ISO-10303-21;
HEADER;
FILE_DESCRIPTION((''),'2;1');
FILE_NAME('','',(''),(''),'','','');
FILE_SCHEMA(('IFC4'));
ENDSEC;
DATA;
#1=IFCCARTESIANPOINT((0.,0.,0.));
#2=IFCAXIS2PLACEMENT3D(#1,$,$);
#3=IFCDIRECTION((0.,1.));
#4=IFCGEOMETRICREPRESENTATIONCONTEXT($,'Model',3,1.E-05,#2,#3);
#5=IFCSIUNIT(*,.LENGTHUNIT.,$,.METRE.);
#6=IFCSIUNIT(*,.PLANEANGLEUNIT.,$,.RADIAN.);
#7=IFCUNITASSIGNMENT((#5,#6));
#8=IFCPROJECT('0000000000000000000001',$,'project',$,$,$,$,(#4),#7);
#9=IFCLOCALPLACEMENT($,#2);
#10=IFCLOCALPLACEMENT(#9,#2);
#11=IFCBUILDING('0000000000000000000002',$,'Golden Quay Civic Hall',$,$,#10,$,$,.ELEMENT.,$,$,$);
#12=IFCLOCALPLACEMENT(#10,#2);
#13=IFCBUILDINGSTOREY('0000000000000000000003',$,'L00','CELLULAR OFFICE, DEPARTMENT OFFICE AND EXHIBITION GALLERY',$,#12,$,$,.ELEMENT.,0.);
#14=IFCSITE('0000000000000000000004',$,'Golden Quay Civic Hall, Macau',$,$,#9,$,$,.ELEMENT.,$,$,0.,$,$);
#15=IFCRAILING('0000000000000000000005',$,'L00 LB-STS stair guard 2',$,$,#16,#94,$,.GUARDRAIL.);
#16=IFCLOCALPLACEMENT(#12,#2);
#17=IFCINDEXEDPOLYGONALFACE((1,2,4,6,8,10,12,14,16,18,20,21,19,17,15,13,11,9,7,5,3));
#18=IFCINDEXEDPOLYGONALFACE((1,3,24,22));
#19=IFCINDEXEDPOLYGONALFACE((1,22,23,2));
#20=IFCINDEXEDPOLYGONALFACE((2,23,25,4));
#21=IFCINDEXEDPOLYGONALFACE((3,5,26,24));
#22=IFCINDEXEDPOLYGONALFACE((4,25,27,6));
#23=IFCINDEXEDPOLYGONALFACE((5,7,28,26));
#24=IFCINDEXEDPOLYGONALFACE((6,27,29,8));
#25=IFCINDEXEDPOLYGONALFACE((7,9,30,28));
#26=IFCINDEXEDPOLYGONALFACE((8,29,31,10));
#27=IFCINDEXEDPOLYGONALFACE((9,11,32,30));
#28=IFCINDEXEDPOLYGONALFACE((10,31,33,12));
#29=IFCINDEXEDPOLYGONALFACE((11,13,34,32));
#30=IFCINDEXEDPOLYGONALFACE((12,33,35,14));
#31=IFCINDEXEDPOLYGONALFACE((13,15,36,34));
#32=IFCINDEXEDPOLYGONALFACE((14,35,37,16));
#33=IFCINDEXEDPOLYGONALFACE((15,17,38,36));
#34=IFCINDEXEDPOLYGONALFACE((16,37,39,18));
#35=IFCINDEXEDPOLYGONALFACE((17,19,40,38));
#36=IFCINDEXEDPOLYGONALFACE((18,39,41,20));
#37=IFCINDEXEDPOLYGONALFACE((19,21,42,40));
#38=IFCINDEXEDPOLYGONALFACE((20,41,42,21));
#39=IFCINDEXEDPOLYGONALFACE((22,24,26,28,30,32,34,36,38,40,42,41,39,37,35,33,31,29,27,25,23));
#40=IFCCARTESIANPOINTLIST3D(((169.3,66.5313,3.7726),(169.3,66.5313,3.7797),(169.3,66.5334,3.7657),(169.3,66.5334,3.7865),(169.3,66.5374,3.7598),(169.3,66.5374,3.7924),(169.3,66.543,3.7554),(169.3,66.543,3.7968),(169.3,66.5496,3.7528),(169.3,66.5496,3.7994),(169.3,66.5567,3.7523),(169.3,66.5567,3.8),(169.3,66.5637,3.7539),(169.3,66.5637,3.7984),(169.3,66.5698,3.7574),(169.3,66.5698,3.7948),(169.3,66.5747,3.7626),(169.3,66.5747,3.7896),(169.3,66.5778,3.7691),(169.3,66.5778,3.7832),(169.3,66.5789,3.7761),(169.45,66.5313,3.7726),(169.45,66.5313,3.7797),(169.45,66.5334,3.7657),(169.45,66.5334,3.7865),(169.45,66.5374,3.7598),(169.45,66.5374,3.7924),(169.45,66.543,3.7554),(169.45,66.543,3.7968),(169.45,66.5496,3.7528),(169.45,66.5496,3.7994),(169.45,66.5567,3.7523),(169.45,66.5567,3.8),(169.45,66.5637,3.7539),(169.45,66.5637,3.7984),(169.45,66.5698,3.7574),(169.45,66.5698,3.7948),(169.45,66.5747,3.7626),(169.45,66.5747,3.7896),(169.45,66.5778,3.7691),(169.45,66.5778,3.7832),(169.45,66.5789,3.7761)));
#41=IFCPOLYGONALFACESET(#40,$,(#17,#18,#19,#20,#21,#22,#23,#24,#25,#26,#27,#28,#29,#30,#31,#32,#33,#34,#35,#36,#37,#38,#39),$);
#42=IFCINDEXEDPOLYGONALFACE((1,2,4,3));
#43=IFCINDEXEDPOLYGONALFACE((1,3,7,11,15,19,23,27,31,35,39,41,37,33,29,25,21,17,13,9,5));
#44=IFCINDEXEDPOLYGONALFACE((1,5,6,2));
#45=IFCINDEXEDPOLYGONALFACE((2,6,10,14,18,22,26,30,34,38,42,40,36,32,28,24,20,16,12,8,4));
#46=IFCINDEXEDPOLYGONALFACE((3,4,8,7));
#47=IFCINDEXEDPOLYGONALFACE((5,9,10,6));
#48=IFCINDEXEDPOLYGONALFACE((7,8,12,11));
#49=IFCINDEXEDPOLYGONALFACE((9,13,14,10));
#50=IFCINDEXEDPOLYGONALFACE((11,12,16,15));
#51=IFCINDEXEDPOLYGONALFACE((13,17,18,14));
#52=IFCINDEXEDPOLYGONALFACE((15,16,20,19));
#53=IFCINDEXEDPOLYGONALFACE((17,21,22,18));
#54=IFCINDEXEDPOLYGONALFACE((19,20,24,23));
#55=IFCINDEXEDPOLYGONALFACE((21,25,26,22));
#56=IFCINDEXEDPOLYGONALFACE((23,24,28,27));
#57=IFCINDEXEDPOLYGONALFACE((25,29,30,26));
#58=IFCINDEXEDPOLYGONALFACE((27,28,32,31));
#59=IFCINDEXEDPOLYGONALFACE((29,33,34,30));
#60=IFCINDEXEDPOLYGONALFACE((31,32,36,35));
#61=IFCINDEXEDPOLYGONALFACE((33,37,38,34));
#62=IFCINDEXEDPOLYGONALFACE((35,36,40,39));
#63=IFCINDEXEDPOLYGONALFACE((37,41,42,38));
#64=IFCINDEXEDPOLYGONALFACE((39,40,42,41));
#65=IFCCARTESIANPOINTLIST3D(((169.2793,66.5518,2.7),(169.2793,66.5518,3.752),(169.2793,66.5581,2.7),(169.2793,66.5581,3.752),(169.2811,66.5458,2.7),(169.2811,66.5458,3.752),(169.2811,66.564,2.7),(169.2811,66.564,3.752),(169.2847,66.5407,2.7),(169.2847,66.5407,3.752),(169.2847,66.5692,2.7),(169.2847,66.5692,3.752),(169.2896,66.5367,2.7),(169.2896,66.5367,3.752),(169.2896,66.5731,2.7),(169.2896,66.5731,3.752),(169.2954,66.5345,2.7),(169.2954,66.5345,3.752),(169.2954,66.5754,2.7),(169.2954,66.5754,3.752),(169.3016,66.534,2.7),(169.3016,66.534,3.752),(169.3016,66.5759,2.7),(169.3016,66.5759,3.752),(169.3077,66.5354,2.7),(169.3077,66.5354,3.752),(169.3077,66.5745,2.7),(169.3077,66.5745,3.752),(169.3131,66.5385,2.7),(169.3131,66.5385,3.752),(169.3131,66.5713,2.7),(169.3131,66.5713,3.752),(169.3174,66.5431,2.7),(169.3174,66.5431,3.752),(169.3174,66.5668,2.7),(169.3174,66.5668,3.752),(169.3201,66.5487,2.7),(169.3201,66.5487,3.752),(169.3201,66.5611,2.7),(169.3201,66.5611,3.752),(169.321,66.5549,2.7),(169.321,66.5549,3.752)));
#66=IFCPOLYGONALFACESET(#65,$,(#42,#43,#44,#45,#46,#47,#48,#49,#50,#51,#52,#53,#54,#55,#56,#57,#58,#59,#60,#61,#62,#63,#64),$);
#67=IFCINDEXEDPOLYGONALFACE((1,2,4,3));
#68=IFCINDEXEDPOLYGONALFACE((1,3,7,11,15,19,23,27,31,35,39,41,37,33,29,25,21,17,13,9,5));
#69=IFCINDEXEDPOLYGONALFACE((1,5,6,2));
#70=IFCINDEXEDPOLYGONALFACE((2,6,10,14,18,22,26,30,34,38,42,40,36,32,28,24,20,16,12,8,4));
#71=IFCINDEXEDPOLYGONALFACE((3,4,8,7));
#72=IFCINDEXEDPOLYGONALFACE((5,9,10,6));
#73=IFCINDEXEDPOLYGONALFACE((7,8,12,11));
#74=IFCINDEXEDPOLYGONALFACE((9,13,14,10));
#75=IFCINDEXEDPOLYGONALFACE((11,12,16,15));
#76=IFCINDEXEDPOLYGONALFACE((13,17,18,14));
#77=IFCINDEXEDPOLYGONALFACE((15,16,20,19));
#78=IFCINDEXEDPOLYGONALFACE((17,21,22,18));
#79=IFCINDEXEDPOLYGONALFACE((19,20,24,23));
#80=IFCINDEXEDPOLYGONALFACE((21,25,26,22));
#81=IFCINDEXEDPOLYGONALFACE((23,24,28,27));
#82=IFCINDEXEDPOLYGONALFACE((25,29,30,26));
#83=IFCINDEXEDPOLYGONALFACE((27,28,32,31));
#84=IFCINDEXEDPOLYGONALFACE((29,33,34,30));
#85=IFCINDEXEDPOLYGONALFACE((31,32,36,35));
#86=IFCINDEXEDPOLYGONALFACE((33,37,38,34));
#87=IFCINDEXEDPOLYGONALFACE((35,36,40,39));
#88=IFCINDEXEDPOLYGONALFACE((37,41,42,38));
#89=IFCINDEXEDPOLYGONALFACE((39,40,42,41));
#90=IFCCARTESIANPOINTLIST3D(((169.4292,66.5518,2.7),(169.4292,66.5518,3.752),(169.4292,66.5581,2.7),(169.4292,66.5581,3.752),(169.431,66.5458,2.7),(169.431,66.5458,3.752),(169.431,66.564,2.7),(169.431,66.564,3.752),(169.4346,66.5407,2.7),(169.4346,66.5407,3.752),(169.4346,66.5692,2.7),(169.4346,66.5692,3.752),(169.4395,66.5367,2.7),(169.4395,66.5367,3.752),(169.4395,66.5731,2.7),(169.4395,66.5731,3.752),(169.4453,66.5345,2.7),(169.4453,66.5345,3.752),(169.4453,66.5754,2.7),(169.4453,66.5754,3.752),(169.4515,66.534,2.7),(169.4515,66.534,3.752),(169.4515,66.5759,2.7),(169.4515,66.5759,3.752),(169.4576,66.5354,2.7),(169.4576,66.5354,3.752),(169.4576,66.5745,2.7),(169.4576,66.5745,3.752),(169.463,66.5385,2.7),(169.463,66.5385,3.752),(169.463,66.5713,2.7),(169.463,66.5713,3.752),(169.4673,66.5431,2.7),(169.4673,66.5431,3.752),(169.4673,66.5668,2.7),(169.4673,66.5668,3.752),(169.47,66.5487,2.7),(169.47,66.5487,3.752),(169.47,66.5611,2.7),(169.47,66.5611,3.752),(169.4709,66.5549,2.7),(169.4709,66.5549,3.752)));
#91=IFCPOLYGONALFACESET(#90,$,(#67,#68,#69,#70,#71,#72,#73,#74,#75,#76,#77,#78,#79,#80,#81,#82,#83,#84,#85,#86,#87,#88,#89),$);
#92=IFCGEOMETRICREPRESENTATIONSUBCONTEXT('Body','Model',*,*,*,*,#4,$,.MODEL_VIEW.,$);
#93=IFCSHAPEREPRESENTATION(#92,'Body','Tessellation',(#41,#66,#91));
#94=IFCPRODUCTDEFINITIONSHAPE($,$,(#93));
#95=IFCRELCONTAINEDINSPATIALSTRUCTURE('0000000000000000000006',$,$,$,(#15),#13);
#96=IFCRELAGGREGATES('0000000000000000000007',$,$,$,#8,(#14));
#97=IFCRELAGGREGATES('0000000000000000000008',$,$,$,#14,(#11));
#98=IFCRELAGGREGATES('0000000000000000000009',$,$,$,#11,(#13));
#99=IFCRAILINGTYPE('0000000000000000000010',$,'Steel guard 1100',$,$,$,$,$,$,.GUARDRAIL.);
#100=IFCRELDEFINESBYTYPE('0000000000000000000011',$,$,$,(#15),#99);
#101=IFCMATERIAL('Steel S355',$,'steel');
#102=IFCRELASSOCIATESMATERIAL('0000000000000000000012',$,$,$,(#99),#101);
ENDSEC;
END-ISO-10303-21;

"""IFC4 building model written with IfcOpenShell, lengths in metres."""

from ifc_helpers import new_model, si_unit, direction, frame, origin, origin_2d, place, context, subcontext, project, spatial, circle, extrude, material, type_object, element, save


model = new_model("IFC4")

# Units and contexts
model_context = context("Model", 3, precision=1e-05, world=origin(), true_north=direction((0.0, 1.0)))
body_context = subcontext(model_context, "Body", "Model", "MODEL_VIEW")
ifc_project = project(units=[si_unit("LENGTHUNIT", "METRE"), si_unit("PLANEANGLEUNIT", "RADIAN")], contexts=[model_context])

# Site, building, storey
site_placement = place(None, origin())
site = spatial("IfcSite", under=ifc_project, at=site_placement, Name="Golden Quay Civic Hall, Macau", CompositionType="ELEMENT", RefElevation=0.0)
building_placement = place(site_placement, origin())
building = spatial("IfcBuilding", under=site, at=building_placement, Name="Golden Quay Civic Hall", CompositionType="ELEMENT")
storey_placement = place(building_placement, origin())
storey = spatial("IfcBuildingStorey", under=building, at=storey_placement, Name="L00", Description="CELLULAR OFFICE, DEPARTMENT OFFICE AND EXHIBITION GALLERY", CompositionType="ELEMENT", Elevation=0.0)

# Railing
ifc_material_1 = material(Name="Steel S355", Category="steel")
railing_type_1 = type_object("IfcRailingType", Name="Steel guard 1100", PredefinedType="GUARDRAIL", material=ifc_material_1)
railing_1_placement = place(storey_placement, frame((169.3, 66.5549, 2.7)))
element("IfcRailing", 1, at=railing_1_placement, inside=storey, type_object=railing_type_1, Name="L00 LB-STS stair guard 2", PredefinedType="GUARDRAIL", context=body_context, shape_type="SweptSolid", body=[
    extrude(circle(Radius=0.0239, at=origin_2d()), frame((0.0, 0.0, 1.0762), z_axis=(1.0, 0.0, 0.0), x_axis=(0.0, 1.0, 0.0)), (0.0, 0.0, 1.0), 0.1499),
    extrude(circle(Radius=0.021, at=origin_2d()), origin(), (0.0, 0.0, 1.0), 1.052),
    extrude(circle(Radius=0.021, at=origin_2d()), frame((0.1499, 0.0, 0.0)), (0.0, 0.0, 1.0), 1.052),
])

save(model, "model.ifc")
